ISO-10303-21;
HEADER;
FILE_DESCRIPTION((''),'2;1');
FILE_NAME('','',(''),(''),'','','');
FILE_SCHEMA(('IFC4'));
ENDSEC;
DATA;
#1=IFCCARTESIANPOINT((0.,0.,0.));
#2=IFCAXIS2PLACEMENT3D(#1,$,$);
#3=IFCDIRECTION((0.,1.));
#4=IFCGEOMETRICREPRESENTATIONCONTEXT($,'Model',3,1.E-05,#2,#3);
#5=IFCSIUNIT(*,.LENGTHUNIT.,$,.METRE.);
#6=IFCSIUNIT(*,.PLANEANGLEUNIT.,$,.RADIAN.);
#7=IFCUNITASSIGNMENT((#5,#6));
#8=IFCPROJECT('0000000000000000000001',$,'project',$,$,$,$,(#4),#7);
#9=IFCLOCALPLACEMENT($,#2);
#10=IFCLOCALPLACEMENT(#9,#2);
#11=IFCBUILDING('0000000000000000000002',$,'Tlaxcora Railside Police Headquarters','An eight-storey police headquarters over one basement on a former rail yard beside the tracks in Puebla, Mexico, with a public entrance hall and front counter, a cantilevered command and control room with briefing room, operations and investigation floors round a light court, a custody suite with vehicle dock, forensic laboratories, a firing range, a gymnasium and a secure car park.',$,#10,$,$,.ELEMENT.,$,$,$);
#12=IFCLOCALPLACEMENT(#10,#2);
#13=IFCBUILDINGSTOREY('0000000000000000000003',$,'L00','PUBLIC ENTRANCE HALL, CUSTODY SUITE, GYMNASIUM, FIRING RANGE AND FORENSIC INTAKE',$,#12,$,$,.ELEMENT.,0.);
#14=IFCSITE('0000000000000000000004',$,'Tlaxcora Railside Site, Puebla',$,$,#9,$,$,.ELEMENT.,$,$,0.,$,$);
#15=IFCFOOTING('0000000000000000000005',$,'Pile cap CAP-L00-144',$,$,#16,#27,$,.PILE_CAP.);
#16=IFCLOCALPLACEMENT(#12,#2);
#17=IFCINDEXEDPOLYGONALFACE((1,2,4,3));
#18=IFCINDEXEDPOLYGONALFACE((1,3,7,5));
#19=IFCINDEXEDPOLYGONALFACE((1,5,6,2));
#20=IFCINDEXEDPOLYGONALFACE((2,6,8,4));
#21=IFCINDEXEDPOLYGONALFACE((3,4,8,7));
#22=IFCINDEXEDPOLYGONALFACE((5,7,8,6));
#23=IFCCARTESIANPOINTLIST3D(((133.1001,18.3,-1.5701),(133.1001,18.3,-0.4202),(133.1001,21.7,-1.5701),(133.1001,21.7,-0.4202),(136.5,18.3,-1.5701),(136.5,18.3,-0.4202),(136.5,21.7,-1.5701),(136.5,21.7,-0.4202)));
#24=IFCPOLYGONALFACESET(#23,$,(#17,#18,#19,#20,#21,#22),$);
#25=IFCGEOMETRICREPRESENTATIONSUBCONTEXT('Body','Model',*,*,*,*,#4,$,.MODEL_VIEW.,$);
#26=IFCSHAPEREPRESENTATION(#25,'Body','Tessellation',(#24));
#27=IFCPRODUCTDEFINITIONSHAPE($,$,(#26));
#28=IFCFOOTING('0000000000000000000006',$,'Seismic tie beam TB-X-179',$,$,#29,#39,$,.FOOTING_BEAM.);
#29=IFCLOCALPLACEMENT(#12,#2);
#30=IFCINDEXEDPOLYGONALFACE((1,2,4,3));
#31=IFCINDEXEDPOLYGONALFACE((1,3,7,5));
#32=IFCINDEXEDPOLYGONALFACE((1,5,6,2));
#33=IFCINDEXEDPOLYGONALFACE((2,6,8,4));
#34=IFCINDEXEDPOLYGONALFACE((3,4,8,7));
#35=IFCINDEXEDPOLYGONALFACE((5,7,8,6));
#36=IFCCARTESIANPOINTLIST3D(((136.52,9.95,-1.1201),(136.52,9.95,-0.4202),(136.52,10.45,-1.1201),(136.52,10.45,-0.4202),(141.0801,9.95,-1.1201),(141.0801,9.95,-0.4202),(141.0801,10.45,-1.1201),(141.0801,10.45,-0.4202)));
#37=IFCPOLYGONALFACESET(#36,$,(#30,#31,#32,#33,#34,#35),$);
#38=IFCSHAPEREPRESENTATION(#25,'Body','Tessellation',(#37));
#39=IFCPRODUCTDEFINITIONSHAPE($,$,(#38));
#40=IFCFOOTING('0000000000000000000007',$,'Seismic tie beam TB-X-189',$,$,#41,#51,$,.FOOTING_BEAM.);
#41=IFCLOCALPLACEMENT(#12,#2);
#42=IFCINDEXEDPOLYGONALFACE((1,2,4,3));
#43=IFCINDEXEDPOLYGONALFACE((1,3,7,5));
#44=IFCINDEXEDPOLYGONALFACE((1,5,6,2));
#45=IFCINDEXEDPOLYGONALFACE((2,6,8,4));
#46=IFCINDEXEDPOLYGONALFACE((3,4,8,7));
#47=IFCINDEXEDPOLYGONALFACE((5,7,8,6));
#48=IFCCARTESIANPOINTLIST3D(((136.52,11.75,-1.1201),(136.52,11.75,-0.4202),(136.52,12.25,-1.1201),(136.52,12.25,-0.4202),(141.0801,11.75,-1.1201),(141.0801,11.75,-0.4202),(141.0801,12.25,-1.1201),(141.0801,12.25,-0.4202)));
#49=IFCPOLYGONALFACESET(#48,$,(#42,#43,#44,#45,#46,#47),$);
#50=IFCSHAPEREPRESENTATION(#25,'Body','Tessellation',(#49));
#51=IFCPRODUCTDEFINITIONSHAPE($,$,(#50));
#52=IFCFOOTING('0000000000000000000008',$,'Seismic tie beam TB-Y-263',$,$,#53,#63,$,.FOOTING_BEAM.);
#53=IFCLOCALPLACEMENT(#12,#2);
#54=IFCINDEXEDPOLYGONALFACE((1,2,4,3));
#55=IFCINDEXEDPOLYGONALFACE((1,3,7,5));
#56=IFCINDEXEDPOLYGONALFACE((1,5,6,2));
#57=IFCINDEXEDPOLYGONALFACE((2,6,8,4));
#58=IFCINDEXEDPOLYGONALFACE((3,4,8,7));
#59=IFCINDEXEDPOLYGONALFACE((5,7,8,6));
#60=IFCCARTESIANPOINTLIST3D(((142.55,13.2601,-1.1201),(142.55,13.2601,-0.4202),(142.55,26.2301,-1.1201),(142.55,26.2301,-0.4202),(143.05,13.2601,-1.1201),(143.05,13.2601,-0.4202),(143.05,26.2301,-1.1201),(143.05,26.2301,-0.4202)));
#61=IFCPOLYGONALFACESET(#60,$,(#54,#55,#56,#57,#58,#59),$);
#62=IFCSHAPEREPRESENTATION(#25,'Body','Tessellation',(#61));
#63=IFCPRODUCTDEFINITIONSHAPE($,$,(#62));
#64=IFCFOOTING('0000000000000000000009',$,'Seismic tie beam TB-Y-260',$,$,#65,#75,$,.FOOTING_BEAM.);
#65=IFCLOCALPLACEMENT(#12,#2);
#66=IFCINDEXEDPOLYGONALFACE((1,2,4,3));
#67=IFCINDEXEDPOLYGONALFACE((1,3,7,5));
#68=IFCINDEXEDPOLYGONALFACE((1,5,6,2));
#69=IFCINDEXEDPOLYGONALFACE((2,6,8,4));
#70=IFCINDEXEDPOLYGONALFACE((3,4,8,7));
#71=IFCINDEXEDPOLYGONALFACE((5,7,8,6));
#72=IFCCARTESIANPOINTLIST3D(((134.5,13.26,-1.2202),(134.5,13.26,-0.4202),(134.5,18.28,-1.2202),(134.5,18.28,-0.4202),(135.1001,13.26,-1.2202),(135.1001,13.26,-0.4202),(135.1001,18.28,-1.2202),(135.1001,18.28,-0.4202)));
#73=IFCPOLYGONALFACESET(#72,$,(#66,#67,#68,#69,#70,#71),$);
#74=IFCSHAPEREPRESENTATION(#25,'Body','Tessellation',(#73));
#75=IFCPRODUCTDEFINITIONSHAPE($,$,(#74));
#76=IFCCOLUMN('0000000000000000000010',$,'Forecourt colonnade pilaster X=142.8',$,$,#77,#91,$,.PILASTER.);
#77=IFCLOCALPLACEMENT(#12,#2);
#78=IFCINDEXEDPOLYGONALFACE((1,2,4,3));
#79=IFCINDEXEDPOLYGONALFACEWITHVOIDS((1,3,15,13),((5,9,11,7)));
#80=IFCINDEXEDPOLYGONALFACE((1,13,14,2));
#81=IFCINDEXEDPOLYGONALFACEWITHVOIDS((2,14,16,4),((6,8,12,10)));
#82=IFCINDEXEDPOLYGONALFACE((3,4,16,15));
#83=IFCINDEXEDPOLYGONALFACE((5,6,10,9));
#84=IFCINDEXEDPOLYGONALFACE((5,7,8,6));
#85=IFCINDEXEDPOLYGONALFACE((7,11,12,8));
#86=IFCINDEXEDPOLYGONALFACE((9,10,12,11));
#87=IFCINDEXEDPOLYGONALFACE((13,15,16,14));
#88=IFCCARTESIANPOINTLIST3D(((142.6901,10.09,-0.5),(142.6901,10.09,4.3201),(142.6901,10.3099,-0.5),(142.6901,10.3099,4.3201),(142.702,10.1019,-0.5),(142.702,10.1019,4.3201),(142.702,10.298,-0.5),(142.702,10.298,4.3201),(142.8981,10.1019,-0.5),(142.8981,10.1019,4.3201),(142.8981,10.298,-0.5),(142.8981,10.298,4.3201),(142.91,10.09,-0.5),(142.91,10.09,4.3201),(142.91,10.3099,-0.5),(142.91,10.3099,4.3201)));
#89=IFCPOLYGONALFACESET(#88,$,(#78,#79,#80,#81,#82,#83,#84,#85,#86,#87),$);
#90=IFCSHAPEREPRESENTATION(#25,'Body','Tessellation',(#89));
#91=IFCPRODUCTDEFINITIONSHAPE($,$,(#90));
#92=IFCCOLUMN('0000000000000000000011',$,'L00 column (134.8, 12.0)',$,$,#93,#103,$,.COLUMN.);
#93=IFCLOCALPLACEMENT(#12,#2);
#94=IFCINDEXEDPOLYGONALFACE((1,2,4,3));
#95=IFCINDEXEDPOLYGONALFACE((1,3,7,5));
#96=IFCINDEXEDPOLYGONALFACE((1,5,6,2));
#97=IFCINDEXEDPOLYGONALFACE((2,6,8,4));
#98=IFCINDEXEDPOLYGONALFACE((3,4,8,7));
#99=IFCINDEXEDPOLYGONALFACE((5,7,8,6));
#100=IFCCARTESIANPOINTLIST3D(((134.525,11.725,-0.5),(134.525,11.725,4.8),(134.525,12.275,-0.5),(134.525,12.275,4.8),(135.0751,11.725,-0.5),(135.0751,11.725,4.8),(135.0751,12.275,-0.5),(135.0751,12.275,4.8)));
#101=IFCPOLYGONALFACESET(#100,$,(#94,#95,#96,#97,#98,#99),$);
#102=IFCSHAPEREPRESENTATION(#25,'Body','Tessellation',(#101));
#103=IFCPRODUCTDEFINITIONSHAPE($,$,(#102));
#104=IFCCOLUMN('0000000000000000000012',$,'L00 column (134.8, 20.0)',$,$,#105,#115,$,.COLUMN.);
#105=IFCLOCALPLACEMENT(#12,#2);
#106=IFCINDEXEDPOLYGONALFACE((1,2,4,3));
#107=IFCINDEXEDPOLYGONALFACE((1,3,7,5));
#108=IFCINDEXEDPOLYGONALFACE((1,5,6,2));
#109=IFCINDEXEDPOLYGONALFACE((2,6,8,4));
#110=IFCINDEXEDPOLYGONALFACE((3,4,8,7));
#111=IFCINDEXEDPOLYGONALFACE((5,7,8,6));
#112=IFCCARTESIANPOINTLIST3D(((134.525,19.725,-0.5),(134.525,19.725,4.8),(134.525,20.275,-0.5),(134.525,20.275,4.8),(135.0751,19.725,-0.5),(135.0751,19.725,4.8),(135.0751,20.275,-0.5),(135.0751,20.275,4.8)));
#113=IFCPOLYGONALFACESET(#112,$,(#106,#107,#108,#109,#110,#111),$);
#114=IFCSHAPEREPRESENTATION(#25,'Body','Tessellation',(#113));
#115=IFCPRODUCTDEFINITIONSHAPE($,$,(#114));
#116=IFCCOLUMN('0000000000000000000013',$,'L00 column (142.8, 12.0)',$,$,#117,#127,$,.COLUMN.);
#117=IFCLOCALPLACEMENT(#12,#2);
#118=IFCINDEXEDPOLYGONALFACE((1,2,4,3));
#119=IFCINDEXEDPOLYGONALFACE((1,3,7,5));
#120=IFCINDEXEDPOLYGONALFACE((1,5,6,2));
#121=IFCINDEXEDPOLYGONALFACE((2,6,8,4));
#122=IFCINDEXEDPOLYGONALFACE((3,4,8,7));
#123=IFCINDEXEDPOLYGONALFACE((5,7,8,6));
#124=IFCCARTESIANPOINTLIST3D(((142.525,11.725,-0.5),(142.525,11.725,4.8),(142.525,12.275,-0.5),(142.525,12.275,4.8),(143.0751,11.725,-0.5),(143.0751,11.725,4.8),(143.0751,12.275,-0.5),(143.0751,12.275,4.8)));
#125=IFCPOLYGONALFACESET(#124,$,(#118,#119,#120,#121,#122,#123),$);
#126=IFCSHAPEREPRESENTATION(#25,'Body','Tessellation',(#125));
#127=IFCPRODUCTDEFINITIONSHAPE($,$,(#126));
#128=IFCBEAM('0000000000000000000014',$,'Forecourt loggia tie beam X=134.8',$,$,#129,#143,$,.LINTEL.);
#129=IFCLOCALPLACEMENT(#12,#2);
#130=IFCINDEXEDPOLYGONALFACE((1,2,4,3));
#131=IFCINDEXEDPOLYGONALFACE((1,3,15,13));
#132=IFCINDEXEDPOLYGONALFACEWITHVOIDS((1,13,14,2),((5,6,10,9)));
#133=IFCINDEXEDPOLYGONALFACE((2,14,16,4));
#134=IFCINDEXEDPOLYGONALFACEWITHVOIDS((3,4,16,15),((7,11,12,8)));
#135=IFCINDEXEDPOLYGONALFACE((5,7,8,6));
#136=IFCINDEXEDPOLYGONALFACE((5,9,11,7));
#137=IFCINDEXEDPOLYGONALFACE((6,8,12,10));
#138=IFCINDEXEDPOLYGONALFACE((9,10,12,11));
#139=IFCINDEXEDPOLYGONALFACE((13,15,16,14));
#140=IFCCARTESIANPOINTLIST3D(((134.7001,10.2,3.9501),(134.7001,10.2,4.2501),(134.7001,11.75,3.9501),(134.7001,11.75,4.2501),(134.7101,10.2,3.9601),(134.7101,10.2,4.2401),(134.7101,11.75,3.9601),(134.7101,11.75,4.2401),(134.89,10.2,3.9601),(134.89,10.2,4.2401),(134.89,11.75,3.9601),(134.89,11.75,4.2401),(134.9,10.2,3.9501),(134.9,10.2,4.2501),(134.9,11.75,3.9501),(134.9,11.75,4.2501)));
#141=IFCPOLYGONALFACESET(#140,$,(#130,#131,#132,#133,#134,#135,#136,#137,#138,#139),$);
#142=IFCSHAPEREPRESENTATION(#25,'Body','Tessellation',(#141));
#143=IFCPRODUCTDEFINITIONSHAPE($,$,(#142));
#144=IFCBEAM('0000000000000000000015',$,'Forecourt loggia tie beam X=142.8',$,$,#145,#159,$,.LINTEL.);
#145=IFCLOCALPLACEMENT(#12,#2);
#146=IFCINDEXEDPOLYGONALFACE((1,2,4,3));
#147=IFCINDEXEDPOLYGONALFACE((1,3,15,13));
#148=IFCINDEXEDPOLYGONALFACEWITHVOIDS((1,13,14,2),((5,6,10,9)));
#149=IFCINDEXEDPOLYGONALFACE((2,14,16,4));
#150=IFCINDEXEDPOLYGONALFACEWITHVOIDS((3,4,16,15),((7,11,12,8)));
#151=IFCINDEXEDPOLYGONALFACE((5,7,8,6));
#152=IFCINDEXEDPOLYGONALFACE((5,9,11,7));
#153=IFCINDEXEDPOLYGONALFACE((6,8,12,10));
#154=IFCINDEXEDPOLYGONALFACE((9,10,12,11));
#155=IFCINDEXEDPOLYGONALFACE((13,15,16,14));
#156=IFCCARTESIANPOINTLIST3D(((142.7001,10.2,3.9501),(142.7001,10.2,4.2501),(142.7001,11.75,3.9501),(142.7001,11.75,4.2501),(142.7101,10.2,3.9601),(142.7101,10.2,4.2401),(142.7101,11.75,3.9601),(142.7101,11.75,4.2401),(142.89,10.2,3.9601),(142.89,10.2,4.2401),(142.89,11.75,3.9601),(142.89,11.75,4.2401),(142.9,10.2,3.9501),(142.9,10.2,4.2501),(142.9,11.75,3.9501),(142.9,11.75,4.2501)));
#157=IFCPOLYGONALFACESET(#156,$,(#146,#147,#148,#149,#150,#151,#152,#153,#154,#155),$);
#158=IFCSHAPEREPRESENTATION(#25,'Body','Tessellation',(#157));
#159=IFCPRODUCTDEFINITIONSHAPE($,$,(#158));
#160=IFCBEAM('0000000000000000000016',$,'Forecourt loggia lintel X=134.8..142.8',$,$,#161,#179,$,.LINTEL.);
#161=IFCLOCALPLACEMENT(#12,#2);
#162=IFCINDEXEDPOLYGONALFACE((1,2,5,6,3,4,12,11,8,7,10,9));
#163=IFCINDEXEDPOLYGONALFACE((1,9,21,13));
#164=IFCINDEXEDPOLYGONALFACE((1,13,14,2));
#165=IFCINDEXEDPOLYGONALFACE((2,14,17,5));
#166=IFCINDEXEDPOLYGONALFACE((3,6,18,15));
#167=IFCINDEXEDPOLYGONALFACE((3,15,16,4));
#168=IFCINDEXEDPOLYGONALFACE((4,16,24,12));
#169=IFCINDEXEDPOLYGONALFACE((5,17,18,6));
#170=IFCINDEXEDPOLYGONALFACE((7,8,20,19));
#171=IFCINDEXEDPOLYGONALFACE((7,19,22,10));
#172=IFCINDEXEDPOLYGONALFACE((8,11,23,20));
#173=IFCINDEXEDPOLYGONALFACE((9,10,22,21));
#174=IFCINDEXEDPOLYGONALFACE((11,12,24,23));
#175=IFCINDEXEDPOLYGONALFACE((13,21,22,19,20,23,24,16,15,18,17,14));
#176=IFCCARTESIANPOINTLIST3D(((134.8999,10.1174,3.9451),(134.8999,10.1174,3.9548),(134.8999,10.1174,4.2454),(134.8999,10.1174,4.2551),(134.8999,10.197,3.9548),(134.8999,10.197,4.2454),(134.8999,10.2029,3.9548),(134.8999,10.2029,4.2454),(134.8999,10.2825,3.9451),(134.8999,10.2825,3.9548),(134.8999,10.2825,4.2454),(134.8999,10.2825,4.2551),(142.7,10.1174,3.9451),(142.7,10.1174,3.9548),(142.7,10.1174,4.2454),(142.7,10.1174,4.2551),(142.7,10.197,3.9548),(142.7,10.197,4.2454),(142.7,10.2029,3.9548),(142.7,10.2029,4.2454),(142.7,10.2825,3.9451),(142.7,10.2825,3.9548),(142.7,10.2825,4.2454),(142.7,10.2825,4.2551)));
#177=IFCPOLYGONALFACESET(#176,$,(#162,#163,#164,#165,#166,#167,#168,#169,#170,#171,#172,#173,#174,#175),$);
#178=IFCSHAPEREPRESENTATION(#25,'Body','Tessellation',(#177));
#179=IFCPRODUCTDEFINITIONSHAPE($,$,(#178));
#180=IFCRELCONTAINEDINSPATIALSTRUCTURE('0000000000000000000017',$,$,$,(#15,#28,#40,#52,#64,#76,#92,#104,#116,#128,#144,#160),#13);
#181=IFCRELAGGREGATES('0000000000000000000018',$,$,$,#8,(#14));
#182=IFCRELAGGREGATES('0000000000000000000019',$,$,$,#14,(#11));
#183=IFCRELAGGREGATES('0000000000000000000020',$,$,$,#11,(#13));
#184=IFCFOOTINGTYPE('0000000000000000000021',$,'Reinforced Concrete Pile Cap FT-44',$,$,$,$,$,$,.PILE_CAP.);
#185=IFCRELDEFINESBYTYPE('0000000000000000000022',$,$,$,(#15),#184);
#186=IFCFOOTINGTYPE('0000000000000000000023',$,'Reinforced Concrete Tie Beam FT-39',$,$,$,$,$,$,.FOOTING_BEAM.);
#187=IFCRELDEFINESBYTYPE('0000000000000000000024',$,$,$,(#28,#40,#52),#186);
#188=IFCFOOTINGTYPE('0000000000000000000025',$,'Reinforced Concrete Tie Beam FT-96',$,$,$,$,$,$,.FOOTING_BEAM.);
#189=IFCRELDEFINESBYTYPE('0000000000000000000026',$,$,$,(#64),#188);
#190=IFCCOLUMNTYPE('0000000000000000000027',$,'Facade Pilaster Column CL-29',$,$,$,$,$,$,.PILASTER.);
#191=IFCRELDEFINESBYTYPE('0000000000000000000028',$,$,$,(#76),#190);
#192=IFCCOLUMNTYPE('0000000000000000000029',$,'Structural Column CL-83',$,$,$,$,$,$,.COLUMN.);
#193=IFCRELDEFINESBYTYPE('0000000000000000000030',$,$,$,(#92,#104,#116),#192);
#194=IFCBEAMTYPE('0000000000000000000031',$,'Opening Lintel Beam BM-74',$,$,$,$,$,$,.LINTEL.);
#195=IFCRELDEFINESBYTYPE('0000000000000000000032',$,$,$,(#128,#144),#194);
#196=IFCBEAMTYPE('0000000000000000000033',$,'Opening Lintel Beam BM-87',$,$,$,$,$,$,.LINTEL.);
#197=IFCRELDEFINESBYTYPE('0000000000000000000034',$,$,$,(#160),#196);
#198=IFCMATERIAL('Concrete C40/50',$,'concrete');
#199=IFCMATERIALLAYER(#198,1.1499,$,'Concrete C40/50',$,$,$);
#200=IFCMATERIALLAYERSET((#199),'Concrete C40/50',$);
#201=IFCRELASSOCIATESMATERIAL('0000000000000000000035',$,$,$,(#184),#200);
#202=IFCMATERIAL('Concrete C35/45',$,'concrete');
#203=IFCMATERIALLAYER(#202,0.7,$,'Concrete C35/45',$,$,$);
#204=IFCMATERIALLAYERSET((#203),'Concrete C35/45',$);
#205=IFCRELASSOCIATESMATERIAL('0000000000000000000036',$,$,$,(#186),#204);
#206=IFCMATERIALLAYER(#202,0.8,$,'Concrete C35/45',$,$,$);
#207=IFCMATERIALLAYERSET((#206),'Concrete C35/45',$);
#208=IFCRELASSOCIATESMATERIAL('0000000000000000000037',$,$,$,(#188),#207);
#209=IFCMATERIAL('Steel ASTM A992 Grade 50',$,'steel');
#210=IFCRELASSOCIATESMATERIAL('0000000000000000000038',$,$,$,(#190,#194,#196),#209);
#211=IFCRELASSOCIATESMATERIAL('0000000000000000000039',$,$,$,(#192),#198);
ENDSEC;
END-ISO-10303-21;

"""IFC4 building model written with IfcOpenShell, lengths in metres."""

from ifc_helpers import new_model, si_unit, direction, frame, origin, origin_2d, place, context, subcontext, project, spatial, rectangle, hollow_rectangle, i_section, extrude, material, layer, layer_set, material_profile, profile_set, type_object, element, save


model = new_model("IFC4")

# Units and contexts
model_context = context("Model", 3, precision=1e-05, world=origin(), true_north=direction((0.0, 1.0)))
body_context = subcontext(model_context, "Body", "Model", "MODEL_VIEW")
ifc_project = project(units=[si_unit("LENGTHUNIT", "METRE"), si_unit("PLANEANGLEUNIT", "RADIAN")], contexts=[model_context])

# Site, building, storey
site_placement = place(None, origin())
site = spatial("IfcSite", under=ifc_project, at=site_placement, Name="Tlaxcora Railside Site, Puebla", CompositionType="ELEMENT", RefElevation=0.0)
building_placement = place(site_placement, origin())
building = spatial("IfcBuilding", under=site, at=building_placement, Name="Tlaxcora Railside Police Headquarters", Description="An eight-storey police headquarters over one basement on a former rail yard beside the tracks in Puebla, Mexico, with a public entrance hall and front counter, a cantilevered command and control room with briefing room, operations and investigation floors round a light court, a custody suite with vehicle dock, forensic laboratories, a firing range, a gymnasium and a secure car park.", CompositionType="ELEMENT")
storey_placement = place(building_placement, origin())
storey = spatial("IfcBuildingStorey", under=building, at=storey_placement, Name="L00", Description="PUBLIC ENTRANCE HALL, CUSTODY SUITE, GYMNASIUM, FIRING RANGE AND FORENSIC INTAKE", CompositionType="ELEMENT", Elevation=0.0)

# Shared definitions
ifc_material_1 = material(Name="Concrete C35/45", Category="concrete")

# Footings
ifc_material_2 = material(Name="Concrete C40/50", Category="concrete")
ifc_layer_1 = layer(ifc_material_2, 1.1499, Name="Concrete C40/50")
ifc_layer_set_1 = layer_set([ifc_layer_1], Name="Concrete C40/50")
footing_type_1 = type_object("IfcFootingType", Name="Reinforced Concrete Pile Cap FT-44", PredefinedType="PILE_CAP", material=ifc_layer_set_1)
footing_1_placement = place(storey_placement, frame((134.8, 20.0, -1.5701), z_axis=(0.0, 0.0, 1.0), x_axis=(1.0, 0.0, 0.0)))
element("IfcFooting", 1, at=footing_1_placement, inside=storey, type_object=footing_type_1, Name="Pile cap CAP-L00-144", PredefinedType="PILE_CAP", context=body_context, shape_type="SweptSolid", body=[
    extrude(rectangle(XDim=3.3999, YDim=3.3999, at=origin_2d()), origin(), (0.0, 0.0, 1.0), 1.1499),
])
ifc_layer_2 = layer(ifc_material_1, 0.7, Name="Concrete C35/45")
ifc_layer_set_2 = layer_set([ifc_layer_2], Name="Concrete C35/45")
footing_type_2 = type_object("IfcFootingType", Name="Reinforced Concrete Tie Beam FT-39", PredefinedType="FOOTING_BEAM", material=ifc_layer_set_2)
for number, where, z_axis, x_axis, name in (
    (2, (138.8, 10.2, -1.1201), (0.0, 0.0, 1.0), (1.0, 0.0, 0.0), "Seismic tie beam TB-X-179"),
    (3, (138.8, 12.0, -1.1201), (0.0, 0.0, 1.0), (1.0, 0.0, 0.0), "Seismic tie beam TB-X-189"),
):
    element("IfcFooting", number, at=place(storey_placement, frame(where, z_axis=z_axis, x_axis=x_axis)), inside=storey, type_object=footing_type_2, Name=name, PredefinedType="FOOTING_BEAM", context=body_context, shape_type="SweptSolid", body=[
        extrude(rectangle(XDim=4.5601, YDim=0.5, at=origin_2d()), origin(), (0.0, 0.0, 1.0), 0.7),
    ])
footing_2_placement = place(storey_placement, frame((142.8, 19.7451, -1.1201), z_axis=(0.0, 0.0, 1.0), x_axis=(0.0, 1.0, 0.0)))
element("IfcFooting", 4, at=footing_2_placement, inside=storey, type_object=footing_type_2, Name="Seismic tie beam TB-Y-263", PredefinedType="FOOTING_BEAM", context=body_context, shape_type="SweptSolid", body=[
    extrude(rectangle(XDim=12.97, YDim=0.5, at=origin_2d()), origin(), (0.0, 0.0, 1.0), 0.7),
])
ifc_layer_3 = layer(ifc_material_1, 0.8, Name="Concrete C35/45")
ifc_layer_set_3 = layer_set([ifc_layer_3], Name="Concrete C35/45")
footing_type_3 = type_object("IfcFootingType", Name="Reinforced Concrete Tie Beam FT-96", PredefinedType="FOOTING_BEAM", material=ifc_layer_set_3)
footing_3_placement = place(storey_placement, frame((134.8, 15.77, -1.2202), z_axis=(0.0, 0.0, 1.0), x_axis=(0.0, 1.0, 0.0)))
element("IfcFooting", 5, at=footing_3_placement, inside=storey, type_object=footing_type_3, Name="Seismic tie beam TB-Y-260", PredefinedType="FOOTING_BEAM", context=body_context, shape_type="SweptSolid", body=[
    extrude(rectangle(XDim=5.02, YDim=0.6001, at=origin_2d()), origin(), (0.0, 0.0, 1.0), 0.8),
])

# Columns
ifc_material_3 = material(Name="Steel ASTM A992 Grade 50", Category="steel")
ifc_material_profile_1 = material_profile(ifc_material_3, hollow_rectangle(XDim=0.22, YDim=0.22, WallThickness=0.012, at=origin_2d()), Name="HSS220X220X12")
ifc_profile_set_1 = profile_set([ifc_material_profile_1], Name="Steel ASTM A992 Grade 50")
column_type_1 = type_object("IfcColumnType", Name="Facade Pilaster Column CL-29", PredefinedType="PILASTER", material=ifc_profile_set_1)
column_placement = place(storey_placement, frame((142.8, 10.2, -0.5), z_axis=(0.0, 0.0, 1.0), x_axis=(1.0, 0.0, 0.0)))
element("IfcColumn", 6, at=column_placement, inside=storey, type_object=column_type_1, Name="Forecourt colonnade pilaster X=142.8", PredefinedType="PILASTER", context=body_context, shape_type="SweptSolid", body=[
    extrude(hollow_rectangle(XDim=0.22, YDim=0.22, WallThickness=0.012, at=origin_2d()), origin(), (0.0, 0.0, 1.0), 4.8201),
])
ifc_material_profile_2 = material_profile(ifc_material_2, rectangle(XDim=0.55, YDim=0.55, at=origin_2d()), Name="RC550X550")
ifc_profile_set_2 = profile_set([ifc_material_profile_2], Name="Concrete C40/50")
column_type_2 = type_object("IfcColumnType", Name="Structural Column CL-83", PredefinedType="COLUMN", material=ifc_profile_set_2)
for number, where, z_axis, x_axis, name in (
    (7, (134.8, 12.0, -0.5), (0.0, 0.0, 1.0), (1.0, 0.0, 0.0), "L00 column (134.8, 12.0)"),
    (8, (134.8, 20.0, -0.5), (0.0, 0.0, 1.0), (1.0, 0.0, 0.0), "L00 column (134.8, 20.0)"),
    (9, (142.8, 12.0, -0.5), (0.0, 0.0, 1.0), (1.0, 0.0, 0.0), "L00 column (142.8, 12.0)"),
):
    element("IfcColumn", number, at=place(storey_placement, frame(where, z_axis=z_axis, x_axis=x_axis)), inside=storey, type_object=column_type_2, Name=name, PredefinedType="COLUMN", context=body_context, shape_type="SweptSolid", body=[
        extrude(rectangle(XDim=0.55, YDim=0.55, at=origin_2d()), origin(), (0.0, 0.0, 1.0), 5.3),
    ])

# Beams
ifc_material_profile_3 = material_profile(ifc_material_3, hollow_rectangle(XDim=0.2, YDim=0.3, WallThickness=0.01, at=origin_2d()), Name="HSS300X200X10")
ifc_profile_set_3 = profile_set([ifc_material_profile_3], Name="Steel ASTM A992 Grade 50")
beam_type_1 = type_object("IfcBeamType", Name="Opening Lintel Beam BM-74", PredefinedType="LINTEL", material=ifc_profile_set_3)
for number, where, z_axis, x_axis, name in (
    (10, (134.8, 10.2, 4.1001), (0.0, 1.0, 0.0), (-1.0, 0.0, 0.0), "Forecourt loggia tie beam X=134.8"),
    (11, (142.8, 10.2, 4.1001), (0.0, 1.0, 0.0), (-1.0, 0.0, 0.0), "Forecourt loggia tie beam X=142.8"),
):
    element("IfcBeam", number, at=place(storey_placement, frame(where, z_axis=z_axis, x_axis=x_axis)), inside=storey, type_object=beam_type_1, Name=name, PredefinedType="LINTEL", context=body_context, shape_type="SweptSolid", body=[
        extrude(hollow_rectangle(XDim=0.2, YDim=0.3, WallThickness=0.01, at=origin_2d()), origin(), (0.0, 0.0, 1.0), 1.55),
    ])
ifc_material_profile_4 = material_profile(ifc_material_3, i_section(OverallWidth=0.165, OverallDepth=0.3101, WebThickness=0.0059, FlangeThickness=0.0098, at=origin_2d()), Name="W12X26")
ifc_profile_set_4 = profile_set([ifc_material_profile_4], Name="Steel ASTM A992 Grade 50")
beam_type_2 = type_object("IfcBeamType", Name="Opening Lintel Beam BM-87", PredefinedType="LINTEL", material=ifc_profile_set_4)
beam_1_placement = place(storey_placement, frame((134.8999, 10.2, 4.1001), z_axis=(1.0, 0.0, 0.0), x_axis=(0.0, 1.0, 0.0)))
element("IfcBeam", 12, at=beam_1_placement, inside=storey, type_object=beam_type_2, Name="Forecourt loggia lintel X=134.8..142.8", PredefinedType="LINTEL", context=body_context, shape_type="SweptSolid", body=[
    extrude(i_section(OverallWidth=0.165, OverallDepth=0.3101, WebThickness=0.0059, FlangeThickness=0.0098, at=origin_2d()), origin(), (0.0, 0.0, 1.0), 7.8),
])

save(model, "model.ifc")
